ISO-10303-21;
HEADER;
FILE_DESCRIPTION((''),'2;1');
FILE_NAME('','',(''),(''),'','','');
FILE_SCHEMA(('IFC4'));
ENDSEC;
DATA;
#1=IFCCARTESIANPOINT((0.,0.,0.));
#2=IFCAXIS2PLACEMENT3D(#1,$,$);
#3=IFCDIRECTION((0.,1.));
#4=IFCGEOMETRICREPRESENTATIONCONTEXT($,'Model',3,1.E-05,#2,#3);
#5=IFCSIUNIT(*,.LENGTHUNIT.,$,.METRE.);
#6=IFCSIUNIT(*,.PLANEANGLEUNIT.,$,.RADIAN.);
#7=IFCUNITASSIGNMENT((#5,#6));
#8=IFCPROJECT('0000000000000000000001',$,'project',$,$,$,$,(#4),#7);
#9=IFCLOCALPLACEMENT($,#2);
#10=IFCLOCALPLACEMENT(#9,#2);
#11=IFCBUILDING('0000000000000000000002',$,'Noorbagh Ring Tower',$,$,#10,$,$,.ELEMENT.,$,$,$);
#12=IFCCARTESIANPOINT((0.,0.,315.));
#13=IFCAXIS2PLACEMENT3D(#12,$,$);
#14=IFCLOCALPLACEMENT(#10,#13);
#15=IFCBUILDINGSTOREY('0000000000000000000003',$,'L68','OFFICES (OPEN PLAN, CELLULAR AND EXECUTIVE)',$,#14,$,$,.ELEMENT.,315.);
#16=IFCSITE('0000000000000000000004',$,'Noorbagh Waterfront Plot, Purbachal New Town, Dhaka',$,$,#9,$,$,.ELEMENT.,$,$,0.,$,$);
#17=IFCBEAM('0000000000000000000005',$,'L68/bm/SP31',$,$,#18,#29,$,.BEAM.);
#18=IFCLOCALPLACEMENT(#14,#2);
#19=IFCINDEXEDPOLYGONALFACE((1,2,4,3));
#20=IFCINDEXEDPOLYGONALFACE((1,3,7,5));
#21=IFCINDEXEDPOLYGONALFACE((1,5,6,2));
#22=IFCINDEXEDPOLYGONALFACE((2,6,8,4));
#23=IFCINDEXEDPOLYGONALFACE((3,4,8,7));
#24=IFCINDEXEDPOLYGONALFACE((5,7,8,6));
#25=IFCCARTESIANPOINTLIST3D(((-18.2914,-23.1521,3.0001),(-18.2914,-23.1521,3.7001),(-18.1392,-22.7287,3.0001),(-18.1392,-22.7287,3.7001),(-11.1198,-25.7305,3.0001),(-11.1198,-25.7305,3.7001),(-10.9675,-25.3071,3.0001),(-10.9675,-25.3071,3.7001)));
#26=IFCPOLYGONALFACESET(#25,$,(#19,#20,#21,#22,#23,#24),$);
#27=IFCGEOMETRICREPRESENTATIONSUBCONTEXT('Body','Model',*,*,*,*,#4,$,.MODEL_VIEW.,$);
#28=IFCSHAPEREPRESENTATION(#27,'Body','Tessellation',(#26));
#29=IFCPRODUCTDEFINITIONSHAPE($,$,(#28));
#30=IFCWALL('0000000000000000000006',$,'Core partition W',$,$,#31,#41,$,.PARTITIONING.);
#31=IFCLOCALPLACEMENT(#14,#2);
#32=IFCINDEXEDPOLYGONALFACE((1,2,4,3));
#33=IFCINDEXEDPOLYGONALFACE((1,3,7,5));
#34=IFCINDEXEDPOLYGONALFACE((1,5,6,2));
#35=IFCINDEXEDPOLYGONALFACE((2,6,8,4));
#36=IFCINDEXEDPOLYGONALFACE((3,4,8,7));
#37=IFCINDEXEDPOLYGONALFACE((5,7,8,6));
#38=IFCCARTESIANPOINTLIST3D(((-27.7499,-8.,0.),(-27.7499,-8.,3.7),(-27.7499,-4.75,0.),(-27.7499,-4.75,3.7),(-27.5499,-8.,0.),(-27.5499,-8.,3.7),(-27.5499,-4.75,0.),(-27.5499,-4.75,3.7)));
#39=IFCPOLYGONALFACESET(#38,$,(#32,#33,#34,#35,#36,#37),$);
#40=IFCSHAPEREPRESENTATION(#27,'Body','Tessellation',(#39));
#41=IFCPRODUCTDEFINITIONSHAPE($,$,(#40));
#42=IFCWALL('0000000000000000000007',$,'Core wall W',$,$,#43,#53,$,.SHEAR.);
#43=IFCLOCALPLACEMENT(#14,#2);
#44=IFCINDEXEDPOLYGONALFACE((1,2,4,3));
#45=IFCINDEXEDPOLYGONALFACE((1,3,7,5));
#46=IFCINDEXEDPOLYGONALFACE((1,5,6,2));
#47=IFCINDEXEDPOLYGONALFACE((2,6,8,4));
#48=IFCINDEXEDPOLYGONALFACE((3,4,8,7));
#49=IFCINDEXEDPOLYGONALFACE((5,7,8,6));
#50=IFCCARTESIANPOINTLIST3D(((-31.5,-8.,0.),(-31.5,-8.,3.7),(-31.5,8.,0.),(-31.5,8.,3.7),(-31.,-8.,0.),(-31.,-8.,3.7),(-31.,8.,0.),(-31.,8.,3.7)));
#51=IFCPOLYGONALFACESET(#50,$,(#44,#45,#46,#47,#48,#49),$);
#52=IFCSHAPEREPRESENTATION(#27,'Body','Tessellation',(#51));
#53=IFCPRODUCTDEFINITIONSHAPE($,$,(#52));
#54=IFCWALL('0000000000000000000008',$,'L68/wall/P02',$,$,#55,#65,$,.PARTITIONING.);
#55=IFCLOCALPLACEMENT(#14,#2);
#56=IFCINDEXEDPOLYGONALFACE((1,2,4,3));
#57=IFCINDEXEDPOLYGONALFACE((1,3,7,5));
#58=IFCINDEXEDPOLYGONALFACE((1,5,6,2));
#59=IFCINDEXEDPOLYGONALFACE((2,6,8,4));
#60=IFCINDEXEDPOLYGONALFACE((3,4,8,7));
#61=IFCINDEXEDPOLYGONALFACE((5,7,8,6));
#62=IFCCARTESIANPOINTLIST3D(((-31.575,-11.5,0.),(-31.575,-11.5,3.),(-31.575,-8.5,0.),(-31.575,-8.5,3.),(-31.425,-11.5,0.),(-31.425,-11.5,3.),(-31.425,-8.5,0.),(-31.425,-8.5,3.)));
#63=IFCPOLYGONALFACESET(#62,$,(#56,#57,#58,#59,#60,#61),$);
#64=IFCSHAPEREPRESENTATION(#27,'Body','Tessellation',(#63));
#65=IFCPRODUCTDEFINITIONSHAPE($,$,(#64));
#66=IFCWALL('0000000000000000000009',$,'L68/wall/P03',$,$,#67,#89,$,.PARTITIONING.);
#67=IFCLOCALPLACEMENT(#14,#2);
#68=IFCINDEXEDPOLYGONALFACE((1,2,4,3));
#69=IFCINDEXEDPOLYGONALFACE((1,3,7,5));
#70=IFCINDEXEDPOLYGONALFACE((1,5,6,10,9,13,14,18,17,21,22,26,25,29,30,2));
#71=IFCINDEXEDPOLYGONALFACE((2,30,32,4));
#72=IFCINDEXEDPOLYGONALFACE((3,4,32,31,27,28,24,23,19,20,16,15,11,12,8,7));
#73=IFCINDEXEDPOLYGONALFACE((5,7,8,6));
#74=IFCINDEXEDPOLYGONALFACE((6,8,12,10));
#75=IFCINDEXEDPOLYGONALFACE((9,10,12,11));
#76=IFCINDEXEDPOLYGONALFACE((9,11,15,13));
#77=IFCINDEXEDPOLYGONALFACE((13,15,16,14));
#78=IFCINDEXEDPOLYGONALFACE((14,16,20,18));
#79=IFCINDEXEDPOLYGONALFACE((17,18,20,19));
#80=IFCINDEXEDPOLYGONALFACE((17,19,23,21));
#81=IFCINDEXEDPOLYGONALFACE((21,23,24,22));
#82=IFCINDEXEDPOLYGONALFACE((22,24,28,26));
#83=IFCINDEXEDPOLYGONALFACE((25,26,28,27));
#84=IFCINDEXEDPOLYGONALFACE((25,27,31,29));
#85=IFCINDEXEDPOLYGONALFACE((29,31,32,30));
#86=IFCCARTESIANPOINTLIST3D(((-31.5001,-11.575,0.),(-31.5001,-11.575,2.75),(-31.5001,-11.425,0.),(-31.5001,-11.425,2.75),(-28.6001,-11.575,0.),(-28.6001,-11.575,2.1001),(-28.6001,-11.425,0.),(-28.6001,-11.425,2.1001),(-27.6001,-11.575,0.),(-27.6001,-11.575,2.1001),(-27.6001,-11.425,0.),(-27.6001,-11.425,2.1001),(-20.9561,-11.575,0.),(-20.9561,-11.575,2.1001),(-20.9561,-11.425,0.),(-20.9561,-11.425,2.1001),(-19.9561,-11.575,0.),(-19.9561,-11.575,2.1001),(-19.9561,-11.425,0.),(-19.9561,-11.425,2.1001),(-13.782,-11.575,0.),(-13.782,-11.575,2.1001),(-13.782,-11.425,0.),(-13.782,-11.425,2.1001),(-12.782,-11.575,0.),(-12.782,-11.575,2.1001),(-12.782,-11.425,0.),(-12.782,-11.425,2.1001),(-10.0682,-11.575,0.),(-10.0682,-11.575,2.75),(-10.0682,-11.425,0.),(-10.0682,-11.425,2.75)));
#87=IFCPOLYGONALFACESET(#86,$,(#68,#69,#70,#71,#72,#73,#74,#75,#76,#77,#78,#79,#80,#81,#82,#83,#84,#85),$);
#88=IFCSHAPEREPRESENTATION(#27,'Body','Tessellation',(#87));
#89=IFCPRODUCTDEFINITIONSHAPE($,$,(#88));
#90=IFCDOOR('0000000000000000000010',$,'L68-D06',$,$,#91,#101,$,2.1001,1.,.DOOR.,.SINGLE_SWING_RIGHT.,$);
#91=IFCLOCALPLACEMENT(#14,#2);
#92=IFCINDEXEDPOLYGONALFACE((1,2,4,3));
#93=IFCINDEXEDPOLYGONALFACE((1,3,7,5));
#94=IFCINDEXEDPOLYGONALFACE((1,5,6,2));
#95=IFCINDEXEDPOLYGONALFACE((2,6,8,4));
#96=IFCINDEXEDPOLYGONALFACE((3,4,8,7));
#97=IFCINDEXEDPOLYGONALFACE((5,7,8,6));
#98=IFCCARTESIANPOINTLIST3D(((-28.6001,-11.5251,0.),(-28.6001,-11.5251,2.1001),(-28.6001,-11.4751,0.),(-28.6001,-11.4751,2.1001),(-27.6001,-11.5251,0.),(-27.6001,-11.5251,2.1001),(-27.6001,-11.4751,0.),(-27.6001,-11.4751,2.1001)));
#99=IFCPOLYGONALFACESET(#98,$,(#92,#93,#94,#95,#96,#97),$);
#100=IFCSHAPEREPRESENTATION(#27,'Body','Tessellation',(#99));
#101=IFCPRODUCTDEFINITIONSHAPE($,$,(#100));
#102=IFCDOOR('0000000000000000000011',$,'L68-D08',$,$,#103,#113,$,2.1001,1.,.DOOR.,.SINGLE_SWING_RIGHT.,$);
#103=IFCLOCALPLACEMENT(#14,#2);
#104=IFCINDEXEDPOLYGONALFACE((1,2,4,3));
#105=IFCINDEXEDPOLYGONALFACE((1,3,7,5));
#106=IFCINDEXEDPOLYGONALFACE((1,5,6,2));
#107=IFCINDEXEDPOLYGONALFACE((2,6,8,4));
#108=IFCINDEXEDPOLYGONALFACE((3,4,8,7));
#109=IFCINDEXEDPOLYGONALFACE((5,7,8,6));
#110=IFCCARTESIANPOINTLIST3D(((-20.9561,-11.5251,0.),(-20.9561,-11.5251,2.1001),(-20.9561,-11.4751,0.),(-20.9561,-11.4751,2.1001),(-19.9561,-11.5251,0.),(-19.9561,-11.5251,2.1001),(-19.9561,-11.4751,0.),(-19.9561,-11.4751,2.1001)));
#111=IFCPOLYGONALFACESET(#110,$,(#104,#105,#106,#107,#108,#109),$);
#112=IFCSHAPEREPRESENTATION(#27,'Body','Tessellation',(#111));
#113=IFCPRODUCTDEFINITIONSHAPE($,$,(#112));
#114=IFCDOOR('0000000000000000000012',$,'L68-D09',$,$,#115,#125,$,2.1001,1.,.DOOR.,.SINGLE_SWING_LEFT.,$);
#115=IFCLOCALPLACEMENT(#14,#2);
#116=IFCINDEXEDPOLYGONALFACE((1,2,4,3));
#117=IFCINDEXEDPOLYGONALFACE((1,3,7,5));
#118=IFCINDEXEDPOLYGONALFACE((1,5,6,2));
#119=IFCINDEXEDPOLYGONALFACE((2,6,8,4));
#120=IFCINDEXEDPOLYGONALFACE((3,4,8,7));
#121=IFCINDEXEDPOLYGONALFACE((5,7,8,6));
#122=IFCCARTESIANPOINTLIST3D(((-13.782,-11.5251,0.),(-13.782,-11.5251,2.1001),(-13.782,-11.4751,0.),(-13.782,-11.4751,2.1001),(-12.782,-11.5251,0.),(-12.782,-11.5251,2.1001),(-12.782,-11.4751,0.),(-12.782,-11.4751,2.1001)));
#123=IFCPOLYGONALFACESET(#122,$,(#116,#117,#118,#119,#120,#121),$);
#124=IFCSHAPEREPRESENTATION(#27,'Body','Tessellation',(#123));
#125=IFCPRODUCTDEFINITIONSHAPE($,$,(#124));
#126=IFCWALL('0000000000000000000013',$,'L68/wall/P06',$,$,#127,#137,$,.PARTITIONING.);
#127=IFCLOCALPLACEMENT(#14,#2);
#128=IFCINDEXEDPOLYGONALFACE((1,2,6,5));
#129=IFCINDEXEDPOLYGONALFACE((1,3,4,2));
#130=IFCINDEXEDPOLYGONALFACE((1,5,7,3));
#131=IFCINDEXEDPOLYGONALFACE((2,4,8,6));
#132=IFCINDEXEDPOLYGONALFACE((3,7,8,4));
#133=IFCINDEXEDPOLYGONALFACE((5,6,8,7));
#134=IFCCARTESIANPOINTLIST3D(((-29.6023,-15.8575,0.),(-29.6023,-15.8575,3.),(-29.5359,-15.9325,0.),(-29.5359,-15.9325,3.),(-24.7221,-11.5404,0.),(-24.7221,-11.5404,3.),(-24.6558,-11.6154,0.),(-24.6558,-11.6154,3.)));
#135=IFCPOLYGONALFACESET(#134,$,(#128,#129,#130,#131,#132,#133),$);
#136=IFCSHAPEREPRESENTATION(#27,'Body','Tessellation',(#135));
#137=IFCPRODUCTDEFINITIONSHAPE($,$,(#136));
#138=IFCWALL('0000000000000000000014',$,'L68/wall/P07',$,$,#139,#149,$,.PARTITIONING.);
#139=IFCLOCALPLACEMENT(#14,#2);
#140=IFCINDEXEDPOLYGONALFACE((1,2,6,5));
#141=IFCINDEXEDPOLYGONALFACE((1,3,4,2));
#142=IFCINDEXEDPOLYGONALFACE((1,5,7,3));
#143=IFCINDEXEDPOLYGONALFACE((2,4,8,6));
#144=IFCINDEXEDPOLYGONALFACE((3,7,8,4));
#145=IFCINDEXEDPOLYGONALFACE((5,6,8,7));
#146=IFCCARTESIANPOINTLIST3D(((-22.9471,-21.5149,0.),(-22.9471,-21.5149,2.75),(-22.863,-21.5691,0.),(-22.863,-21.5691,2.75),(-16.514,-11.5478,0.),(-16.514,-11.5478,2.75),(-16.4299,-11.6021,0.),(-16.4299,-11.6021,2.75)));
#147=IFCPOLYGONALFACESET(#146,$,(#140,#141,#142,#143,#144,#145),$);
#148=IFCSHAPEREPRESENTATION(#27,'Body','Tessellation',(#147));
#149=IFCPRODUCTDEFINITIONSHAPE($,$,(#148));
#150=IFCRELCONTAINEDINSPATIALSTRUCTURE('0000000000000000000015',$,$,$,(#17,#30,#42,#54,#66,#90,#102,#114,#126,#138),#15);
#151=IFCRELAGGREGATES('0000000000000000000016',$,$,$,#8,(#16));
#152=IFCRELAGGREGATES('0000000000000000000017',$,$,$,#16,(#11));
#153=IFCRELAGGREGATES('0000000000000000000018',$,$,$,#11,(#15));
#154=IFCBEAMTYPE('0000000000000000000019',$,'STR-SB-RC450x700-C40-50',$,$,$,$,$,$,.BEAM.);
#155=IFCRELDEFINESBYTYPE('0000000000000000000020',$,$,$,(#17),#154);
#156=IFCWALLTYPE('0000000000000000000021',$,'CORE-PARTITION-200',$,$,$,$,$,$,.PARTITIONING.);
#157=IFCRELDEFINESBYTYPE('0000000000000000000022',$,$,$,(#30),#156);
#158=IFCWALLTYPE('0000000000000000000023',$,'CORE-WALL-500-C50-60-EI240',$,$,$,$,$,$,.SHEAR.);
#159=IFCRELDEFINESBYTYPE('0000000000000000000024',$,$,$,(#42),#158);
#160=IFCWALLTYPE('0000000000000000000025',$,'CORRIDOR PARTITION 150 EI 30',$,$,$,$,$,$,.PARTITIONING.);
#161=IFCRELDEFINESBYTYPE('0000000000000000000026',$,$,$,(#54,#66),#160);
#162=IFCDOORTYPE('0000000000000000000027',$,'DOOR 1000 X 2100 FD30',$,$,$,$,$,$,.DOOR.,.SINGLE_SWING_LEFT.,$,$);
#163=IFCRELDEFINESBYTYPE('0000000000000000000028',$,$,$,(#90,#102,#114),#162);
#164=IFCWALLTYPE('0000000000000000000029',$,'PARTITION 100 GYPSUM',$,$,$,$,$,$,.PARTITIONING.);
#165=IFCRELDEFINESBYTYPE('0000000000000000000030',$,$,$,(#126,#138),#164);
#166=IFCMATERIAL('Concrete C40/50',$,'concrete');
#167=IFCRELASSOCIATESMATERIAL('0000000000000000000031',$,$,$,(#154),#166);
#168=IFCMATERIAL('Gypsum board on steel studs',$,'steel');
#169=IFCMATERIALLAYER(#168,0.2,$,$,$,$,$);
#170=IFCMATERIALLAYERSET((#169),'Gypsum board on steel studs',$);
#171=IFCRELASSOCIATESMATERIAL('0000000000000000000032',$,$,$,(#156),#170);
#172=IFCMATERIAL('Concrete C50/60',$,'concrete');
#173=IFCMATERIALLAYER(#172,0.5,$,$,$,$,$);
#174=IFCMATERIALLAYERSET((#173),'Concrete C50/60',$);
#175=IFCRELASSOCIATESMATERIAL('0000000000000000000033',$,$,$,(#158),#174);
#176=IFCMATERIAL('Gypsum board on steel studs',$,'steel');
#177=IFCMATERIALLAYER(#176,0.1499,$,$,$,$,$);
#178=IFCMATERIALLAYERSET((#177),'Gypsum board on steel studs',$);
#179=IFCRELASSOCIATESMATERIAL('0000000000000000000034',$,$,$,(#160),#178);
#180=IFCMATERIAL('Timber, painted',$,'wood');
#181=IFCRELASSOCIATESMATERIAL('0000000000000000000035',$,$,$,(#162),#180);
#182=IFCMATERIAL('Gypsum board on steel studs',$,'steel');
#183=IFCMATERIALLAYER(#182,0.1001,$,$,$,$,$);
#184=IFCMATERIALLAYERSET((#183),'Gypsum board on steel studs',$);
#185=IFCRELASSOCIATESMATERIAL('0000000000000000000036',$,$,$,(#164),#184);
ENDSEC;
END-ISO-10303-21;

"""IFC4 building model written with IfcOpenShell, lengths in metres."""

from ifc_helpers import new_model, si_unit, direction, frame, frame_2d, origin, origin_2d, place, context, subcontext, project, spatial, rectangle, extrude, material, layer, layer_set, material_profile, profile_set, type_object, element, fill, save


model = new_model("IFC4")

# Units and contexts
model_context = context("Model", 3, precision=1e-05, world=origin(), true_north=direction((0.0, 1.0)))
body_context = subcontext(model_context, "Body", "Model", "MODEL_VIEW")
ifc_project = project(units=[si_unit("LENGTHUNIT", "METRE"), si_unit("PLANEANGLEUNIT", "RADIAN")], contexts=[model_context])

# Site, building, storey
site_placement = place(None, origin())
site = spatial("IfcSite", under=ifc_project, at=site_placement, Name="Noorbagh Waterfront Plot, Purbachal New Town, Dhaka", CompositionType="ELEMENT", RefElevation=0.0)
building_placement = place(site_placement, origin())
building = spatial("IfcBuilding", under=site, at=building_placement, Name="Noorbagh Ring Tower", CompositionType="ELEMENT")
storey_placement = place(building_placement, frame((0.0, 0.0, 315.0)))
storey = spatial("IfcBuildingStorey", under=building, at=storey_placement, Name="L68", Description="OFFICES (OPEN PLAN, CELLULAR AND EXECUTIVE)", CompositionType="ELEMENT", Elevation=315.0)

# Beam
ifc_material_1 = material(Name="Concrete C40/50", Category="concrete")
ifc_material_profile_1 = material_profile(ifc_material_1, rectangle(XDim=0.45, YDim=0.7, at=origin_2d()), Name="RC450x700")
ifc_profile_set_1 = profile_set([ifc_material_profile_1], Name="Concrete C40/50")
beam_type_1 = type_object("IfcBeamType", Name="STR-SB-RC450x700-C40-50", PredefinedType="BEAM", material=ifc_profile_set_1)
beam_1_placement = place(storey_placement, frame((-18.2153, -22.9404, 3.3501), z_axis=(0.94103, -0.338322, 0.0), x_axis=(0.338322, 0.94103, 0.0)))
element("IfcBeam", 1, at=beam_1_placement, inside=storey, type_object=beam_type_1, Name="L68/bm/SP31", PredefinedType="BEAM", context=body_context, shape_type="SweptSolid", body=[
    extrude(rectangle(XDim=0.45, YDim=0.7, at=origin_2d()), origin(), (0.0, 0.0, 1.0), 7.6211),
])

# Walls
ifc_material_2 = material(Name="Gypsum board on steel studs", Category="steel")
ifc_layer_1 = layer(ifc_material_2, 0.2)
ifc_layer_set_1 = layer_set([ifc_layer_1], Name="Gypsum board on steel studs")
wall_type_1 = type_object("IfcWallType", Name="CORE-PARTITION-200", PredefinedType="PARTITIONING", material=ifc_layer_set_1)
wall_1_placement = place(storey_placement, frame((-27.6499, -8.0, 0.0), z_axis=(0.0, 0.0, 1.0), x_axis=(0.0, 1.0, 0.0)))
element("IfcWall", 2, at=wall_1_placement, inside=storey, type_object=wall_type_1, Name="Core partition W", PredefinedType="PARTITIONING", context=body_context, shape_type="SweptSolid", body=[
    extrude(rectangle(XDim=3.25, YDim=0.2, at=frame_2d((1.625, 0.0))), origin(), (0.0, 0.0, 1.0), 3.7),
])
ifc_material_3 = material(Name="Concrete C50/60", Category="concrete")
ifc_layer_2 = layer(ifc_material_3, 0.5)
ifc_layer_set_2 = layer_set([ifc_layer_2], Name="Concrete C50/60")
wall_type_2 = type_object("IfcWallType", Name="CORE-WALL-500-C50-60-EI240", PredefinedType="SHEAR", material=ifc_layer_set_2)
wall_2_placement = place(storey_placement, frame((-31.25, -8.0, 0.0), z_axis=(0.0, 0.0, 1.0), x_axis=(0.0, 1.0, 0.0)))
element("IfcWall", 3, at=wall_2_placement, inside=storey, type_object=wall_type_2, Name="Core wall W", PredefinedType="SHEAR", context=body_context, shape_type="SweptSolid", body=[
    extrude(rectangle(XDim=16.0, YDim=0.5, at=frame_2d((8.0, 0.0))), origin(), (0.0, 0.0, 1.0), 3.7),
])
ifc_material_4 = material(Name="Gypsum board on steel studs", Category="steel")
ifc_layer_3 = layer(ifc_material_4, 0.1499)
ifc_layer_set_3 = layer_set([ifc_layer_3], Name="Gypsum board on steel studs")
wall_type_3 = type_object("IfcWallType", Name="CORRIDOR PARTITION 150 EI 30", PredefinedType="PARTITIONING", material=ifc_layer_set_3)
wall_3_placement = place(storey_placement, frame((-31.5, -11.5, 0.0), z_axis=(0.0, 0.0, 1.0), x_axis=(0.0, 1.0, 0.0)))
element("IfcWall", 4, at=wall_3_placement, inside=storey, type_object=wall_type_3, Name="L68/wall/P02", PredefinedType="PARTITIONING", context=body_context, shape_type="SweptSolid", body=[
    extrude(rectangle(XDim=3.0, YDim=0.1499, at=frame_2d((1.5, 0.0))), origin(), (0.0, 0.0, 1.0), 3.0),
])

# Wall, openings, doors
wall_4_placement = place(storey_placement, frame((-31.5, -11.5, 0.0), z_axis=(0.0, 0.0, 1.0), x_axis=(1.0, 0.0, 0.0)))
wall_4 = element("IfcWall", 5, at=wall_4_placement, inside=storey, type_object=wall_type_3, Name="L68/wall/P03", PredefinedType="PARTITIONING", context=body_context, shape_type="SweptSolid", body=[
    extrude(rectangle(XDim=21.4319, YDim=0.1499, at=frame_2d((10.7158, 0.0))), origin(), (0.0, 0.0, 1.0), 2.75),
])
opening_1_placement = place(wall_4_placement, frame((2.8999, 0.0, 0.0)))
opening_1 = element("IfcOpeningElement", 6, at=opening_1_placement, cuts=wall_4, PredefinedType="OPENING", context=body_context, shape_type="SweptSolid", body=[
    extrude(rectangle(XDim=1.0, YDim=2.1001, at=frame_2d((0.5, 1.05))), frame((0.0, 0.085, 0.0), z_axis=(0.0, -1.0, 0.0), x_axis=(1.0, 0.0, 0.0)), (0.0, 0.0, 1.0), 0.1699),
])
opening_2_placement = place(wall_4_placement, frame((10.5439, 0.0, 0.0)))
opening_2 = element("IfcOpeningElement", 7, at=opening_2_placement, cuts=wall_4, PredefinedType="OPENING", context=body_context, shape_type="SweptSolid", body=[
    extrude(rectangle(XDim=1.0, YDim=2.1001, at=frame_2d((0.5, 1.05))), frame((0.0, 0.085, 0.0), z_axis=(0.0, -1.0, 0.0), x_axis=(1.0, 0.0, 0.0)), (0.0, 0.0, 1.0), 0.1699),
])
opening_3_placement = place(wall_4_placement, frame((17.718, 0.0, 0.0)))
opening_3 = element("IfcOpeningElement", 8, at=opening_3_placement, cuts=wall_4, PredefinedType="OPENING", context=body_context, shape_type="SweptSolid", body=[
    extrude(rectangle(XDim=1.0, YDim=2.1001, at=frame_2d((0.5, 1.05))), frame((0.0, 0.085, 0.0), z_axis=(0.0, -1.0, 0.0), x_axis=(1.0, 0.0, 0.0)), (0.0, 0.0, 1.0), 0.1699),
])
ifc_material_5 = material(Name="Timber, painted", Category="wood")
door_type = type_object("IfcDoorType", Name="DOOR 1000 X 2100 FD30", OperationType="SINGLE_SWING_LEFT", PredefinedType="DOOR", material=ifc_material_5)
door_1_placement = place(opening_1_placement, origin())
door_1 = element("IfcDoor", 9, at=door_1_placement, inside=storey, type_object=door_type, Name="L68-D06", OperationType="SINGLE_SWING_RIGHT", OverallHeight=2.1001, OverallWidth=1.0, PredefinedType="DOOR", context=body_context, shape_type="SweptSolid", body=[
    extrude(rectangle(XDim=1.0, YDim=2.1001, at=frame_2d((0.5, 1.05))), frame((0.0, 0.0249, 0.0), z_axis=(0.0, -1.0, 0.0), x_axis=(1.0, 0.0, 0.0)), (0.0, 0.0, 1.0), 0.05),
])
fill(opening_1, door_1)
door_2_placement = place(opening_2_placement, origin())
door_2 = element("IfcDoor", 10, at=door_2_placement, inside=storey, type_object=door_type, Name="L68-D08", OperationType="SINGLE_SWING_RIGHT", OverallHeight=2.1001, OverallWidth=1.0, PredefinedType="DOOR", context=body_context, shape_type="SweptSolid", body=[
    extrude(rectangle(XDim=1.0, YDim=2.1001, at=frame_2d((0.5, 1.05))), frame((0.0, 0.0249, 0.0), z_axis=(0.0, -1.0, 0.0), x_axis=(1.0, 0.0, 0.0)), (0.0, 0.0, 1.0), 0.05),
])
fill(opening_2, door_2)
door_3_placement = place(opening_3_placement, origin())
door_3 = element("IfcDoor", 11, at=door_3_placement, inside=storey, type_object=door_type, Name="L68-D09", OperationType="SINGLE_SWING_LEFT", OverallHeight=2.1001, OverallWidth=1.0, PredefinedType="DOOR", context=body_context, shape_type="SweptSolid", body=[
    extrude(rectangle(XDim=1.0, YDim=2.1001, at=frame_2d((0.5, 1.05))), frame((0.0, 0.0249, 0.0), z_axis=(0.0, -1.0, 0.0), x_axis=(1.0, 0.0, 0.0)), (0.0, 0.0, 1.0), 0.05),
])
fill(opening_3, door_3)

# Walls
ifc_material_6 = material(Name="Gypsum board on steel studs", Category="steel")
ifc_layer_4 = layer(ifc_material_6, 0.1001)
ifc_layer_set_4 = layer_set([ifc_layer_4], Name="Gypsum board on steel studs")
wall_type_4 = type_object("IfcWallType", Name="PARTITION 100 GYPSUM", PredefinedType="PARTITIONING", material=ifc_layer_set_4)
wall_5_placement = place(storey_placement, frame((-29.5691, -15.895, 0.0), z_axis=(0.0, 0.0, 1.0), x_axis=(0.748989, 0.662583, 0.0)))
element("IfcWall", 12, at=wall_5_placement, inside=storey, type_object=wall_type_4, Name="L68/wall/P06", PredefinedType="PARTITIONING", context=body_context, shape_type="SweptSolid", body=[
    extrude(rectangle(XDim=6.5156, YDim=0.1001, at=frame_2d((3.2578, 0.0))), origin(), (0.0, 0.0, 1.0), 3.0),
])
wall_6_placement = place(storey_placement, frame((-22.905, -21.542, 0.0), z_axis=(0.0, 0.0, 1.0), x_axis=(0.542291, 0.840191, 0.0)))
element("IfcWall", 13, at=wall_6_placement, inside=storey, type_object=wall_type_4, Name="L68/wall/P07", PredefinedType="PARTITIONING", context=body_context, shape_type="SweptSolid", body=[
    extrude(rectangle(XDim=11.8628, YDim=0.1001, at=frame_2d((5.9314, 0.0))), origin(), (0.0, 0.0, 1.0), 2.75),
])

save(model, "model.ifc")
